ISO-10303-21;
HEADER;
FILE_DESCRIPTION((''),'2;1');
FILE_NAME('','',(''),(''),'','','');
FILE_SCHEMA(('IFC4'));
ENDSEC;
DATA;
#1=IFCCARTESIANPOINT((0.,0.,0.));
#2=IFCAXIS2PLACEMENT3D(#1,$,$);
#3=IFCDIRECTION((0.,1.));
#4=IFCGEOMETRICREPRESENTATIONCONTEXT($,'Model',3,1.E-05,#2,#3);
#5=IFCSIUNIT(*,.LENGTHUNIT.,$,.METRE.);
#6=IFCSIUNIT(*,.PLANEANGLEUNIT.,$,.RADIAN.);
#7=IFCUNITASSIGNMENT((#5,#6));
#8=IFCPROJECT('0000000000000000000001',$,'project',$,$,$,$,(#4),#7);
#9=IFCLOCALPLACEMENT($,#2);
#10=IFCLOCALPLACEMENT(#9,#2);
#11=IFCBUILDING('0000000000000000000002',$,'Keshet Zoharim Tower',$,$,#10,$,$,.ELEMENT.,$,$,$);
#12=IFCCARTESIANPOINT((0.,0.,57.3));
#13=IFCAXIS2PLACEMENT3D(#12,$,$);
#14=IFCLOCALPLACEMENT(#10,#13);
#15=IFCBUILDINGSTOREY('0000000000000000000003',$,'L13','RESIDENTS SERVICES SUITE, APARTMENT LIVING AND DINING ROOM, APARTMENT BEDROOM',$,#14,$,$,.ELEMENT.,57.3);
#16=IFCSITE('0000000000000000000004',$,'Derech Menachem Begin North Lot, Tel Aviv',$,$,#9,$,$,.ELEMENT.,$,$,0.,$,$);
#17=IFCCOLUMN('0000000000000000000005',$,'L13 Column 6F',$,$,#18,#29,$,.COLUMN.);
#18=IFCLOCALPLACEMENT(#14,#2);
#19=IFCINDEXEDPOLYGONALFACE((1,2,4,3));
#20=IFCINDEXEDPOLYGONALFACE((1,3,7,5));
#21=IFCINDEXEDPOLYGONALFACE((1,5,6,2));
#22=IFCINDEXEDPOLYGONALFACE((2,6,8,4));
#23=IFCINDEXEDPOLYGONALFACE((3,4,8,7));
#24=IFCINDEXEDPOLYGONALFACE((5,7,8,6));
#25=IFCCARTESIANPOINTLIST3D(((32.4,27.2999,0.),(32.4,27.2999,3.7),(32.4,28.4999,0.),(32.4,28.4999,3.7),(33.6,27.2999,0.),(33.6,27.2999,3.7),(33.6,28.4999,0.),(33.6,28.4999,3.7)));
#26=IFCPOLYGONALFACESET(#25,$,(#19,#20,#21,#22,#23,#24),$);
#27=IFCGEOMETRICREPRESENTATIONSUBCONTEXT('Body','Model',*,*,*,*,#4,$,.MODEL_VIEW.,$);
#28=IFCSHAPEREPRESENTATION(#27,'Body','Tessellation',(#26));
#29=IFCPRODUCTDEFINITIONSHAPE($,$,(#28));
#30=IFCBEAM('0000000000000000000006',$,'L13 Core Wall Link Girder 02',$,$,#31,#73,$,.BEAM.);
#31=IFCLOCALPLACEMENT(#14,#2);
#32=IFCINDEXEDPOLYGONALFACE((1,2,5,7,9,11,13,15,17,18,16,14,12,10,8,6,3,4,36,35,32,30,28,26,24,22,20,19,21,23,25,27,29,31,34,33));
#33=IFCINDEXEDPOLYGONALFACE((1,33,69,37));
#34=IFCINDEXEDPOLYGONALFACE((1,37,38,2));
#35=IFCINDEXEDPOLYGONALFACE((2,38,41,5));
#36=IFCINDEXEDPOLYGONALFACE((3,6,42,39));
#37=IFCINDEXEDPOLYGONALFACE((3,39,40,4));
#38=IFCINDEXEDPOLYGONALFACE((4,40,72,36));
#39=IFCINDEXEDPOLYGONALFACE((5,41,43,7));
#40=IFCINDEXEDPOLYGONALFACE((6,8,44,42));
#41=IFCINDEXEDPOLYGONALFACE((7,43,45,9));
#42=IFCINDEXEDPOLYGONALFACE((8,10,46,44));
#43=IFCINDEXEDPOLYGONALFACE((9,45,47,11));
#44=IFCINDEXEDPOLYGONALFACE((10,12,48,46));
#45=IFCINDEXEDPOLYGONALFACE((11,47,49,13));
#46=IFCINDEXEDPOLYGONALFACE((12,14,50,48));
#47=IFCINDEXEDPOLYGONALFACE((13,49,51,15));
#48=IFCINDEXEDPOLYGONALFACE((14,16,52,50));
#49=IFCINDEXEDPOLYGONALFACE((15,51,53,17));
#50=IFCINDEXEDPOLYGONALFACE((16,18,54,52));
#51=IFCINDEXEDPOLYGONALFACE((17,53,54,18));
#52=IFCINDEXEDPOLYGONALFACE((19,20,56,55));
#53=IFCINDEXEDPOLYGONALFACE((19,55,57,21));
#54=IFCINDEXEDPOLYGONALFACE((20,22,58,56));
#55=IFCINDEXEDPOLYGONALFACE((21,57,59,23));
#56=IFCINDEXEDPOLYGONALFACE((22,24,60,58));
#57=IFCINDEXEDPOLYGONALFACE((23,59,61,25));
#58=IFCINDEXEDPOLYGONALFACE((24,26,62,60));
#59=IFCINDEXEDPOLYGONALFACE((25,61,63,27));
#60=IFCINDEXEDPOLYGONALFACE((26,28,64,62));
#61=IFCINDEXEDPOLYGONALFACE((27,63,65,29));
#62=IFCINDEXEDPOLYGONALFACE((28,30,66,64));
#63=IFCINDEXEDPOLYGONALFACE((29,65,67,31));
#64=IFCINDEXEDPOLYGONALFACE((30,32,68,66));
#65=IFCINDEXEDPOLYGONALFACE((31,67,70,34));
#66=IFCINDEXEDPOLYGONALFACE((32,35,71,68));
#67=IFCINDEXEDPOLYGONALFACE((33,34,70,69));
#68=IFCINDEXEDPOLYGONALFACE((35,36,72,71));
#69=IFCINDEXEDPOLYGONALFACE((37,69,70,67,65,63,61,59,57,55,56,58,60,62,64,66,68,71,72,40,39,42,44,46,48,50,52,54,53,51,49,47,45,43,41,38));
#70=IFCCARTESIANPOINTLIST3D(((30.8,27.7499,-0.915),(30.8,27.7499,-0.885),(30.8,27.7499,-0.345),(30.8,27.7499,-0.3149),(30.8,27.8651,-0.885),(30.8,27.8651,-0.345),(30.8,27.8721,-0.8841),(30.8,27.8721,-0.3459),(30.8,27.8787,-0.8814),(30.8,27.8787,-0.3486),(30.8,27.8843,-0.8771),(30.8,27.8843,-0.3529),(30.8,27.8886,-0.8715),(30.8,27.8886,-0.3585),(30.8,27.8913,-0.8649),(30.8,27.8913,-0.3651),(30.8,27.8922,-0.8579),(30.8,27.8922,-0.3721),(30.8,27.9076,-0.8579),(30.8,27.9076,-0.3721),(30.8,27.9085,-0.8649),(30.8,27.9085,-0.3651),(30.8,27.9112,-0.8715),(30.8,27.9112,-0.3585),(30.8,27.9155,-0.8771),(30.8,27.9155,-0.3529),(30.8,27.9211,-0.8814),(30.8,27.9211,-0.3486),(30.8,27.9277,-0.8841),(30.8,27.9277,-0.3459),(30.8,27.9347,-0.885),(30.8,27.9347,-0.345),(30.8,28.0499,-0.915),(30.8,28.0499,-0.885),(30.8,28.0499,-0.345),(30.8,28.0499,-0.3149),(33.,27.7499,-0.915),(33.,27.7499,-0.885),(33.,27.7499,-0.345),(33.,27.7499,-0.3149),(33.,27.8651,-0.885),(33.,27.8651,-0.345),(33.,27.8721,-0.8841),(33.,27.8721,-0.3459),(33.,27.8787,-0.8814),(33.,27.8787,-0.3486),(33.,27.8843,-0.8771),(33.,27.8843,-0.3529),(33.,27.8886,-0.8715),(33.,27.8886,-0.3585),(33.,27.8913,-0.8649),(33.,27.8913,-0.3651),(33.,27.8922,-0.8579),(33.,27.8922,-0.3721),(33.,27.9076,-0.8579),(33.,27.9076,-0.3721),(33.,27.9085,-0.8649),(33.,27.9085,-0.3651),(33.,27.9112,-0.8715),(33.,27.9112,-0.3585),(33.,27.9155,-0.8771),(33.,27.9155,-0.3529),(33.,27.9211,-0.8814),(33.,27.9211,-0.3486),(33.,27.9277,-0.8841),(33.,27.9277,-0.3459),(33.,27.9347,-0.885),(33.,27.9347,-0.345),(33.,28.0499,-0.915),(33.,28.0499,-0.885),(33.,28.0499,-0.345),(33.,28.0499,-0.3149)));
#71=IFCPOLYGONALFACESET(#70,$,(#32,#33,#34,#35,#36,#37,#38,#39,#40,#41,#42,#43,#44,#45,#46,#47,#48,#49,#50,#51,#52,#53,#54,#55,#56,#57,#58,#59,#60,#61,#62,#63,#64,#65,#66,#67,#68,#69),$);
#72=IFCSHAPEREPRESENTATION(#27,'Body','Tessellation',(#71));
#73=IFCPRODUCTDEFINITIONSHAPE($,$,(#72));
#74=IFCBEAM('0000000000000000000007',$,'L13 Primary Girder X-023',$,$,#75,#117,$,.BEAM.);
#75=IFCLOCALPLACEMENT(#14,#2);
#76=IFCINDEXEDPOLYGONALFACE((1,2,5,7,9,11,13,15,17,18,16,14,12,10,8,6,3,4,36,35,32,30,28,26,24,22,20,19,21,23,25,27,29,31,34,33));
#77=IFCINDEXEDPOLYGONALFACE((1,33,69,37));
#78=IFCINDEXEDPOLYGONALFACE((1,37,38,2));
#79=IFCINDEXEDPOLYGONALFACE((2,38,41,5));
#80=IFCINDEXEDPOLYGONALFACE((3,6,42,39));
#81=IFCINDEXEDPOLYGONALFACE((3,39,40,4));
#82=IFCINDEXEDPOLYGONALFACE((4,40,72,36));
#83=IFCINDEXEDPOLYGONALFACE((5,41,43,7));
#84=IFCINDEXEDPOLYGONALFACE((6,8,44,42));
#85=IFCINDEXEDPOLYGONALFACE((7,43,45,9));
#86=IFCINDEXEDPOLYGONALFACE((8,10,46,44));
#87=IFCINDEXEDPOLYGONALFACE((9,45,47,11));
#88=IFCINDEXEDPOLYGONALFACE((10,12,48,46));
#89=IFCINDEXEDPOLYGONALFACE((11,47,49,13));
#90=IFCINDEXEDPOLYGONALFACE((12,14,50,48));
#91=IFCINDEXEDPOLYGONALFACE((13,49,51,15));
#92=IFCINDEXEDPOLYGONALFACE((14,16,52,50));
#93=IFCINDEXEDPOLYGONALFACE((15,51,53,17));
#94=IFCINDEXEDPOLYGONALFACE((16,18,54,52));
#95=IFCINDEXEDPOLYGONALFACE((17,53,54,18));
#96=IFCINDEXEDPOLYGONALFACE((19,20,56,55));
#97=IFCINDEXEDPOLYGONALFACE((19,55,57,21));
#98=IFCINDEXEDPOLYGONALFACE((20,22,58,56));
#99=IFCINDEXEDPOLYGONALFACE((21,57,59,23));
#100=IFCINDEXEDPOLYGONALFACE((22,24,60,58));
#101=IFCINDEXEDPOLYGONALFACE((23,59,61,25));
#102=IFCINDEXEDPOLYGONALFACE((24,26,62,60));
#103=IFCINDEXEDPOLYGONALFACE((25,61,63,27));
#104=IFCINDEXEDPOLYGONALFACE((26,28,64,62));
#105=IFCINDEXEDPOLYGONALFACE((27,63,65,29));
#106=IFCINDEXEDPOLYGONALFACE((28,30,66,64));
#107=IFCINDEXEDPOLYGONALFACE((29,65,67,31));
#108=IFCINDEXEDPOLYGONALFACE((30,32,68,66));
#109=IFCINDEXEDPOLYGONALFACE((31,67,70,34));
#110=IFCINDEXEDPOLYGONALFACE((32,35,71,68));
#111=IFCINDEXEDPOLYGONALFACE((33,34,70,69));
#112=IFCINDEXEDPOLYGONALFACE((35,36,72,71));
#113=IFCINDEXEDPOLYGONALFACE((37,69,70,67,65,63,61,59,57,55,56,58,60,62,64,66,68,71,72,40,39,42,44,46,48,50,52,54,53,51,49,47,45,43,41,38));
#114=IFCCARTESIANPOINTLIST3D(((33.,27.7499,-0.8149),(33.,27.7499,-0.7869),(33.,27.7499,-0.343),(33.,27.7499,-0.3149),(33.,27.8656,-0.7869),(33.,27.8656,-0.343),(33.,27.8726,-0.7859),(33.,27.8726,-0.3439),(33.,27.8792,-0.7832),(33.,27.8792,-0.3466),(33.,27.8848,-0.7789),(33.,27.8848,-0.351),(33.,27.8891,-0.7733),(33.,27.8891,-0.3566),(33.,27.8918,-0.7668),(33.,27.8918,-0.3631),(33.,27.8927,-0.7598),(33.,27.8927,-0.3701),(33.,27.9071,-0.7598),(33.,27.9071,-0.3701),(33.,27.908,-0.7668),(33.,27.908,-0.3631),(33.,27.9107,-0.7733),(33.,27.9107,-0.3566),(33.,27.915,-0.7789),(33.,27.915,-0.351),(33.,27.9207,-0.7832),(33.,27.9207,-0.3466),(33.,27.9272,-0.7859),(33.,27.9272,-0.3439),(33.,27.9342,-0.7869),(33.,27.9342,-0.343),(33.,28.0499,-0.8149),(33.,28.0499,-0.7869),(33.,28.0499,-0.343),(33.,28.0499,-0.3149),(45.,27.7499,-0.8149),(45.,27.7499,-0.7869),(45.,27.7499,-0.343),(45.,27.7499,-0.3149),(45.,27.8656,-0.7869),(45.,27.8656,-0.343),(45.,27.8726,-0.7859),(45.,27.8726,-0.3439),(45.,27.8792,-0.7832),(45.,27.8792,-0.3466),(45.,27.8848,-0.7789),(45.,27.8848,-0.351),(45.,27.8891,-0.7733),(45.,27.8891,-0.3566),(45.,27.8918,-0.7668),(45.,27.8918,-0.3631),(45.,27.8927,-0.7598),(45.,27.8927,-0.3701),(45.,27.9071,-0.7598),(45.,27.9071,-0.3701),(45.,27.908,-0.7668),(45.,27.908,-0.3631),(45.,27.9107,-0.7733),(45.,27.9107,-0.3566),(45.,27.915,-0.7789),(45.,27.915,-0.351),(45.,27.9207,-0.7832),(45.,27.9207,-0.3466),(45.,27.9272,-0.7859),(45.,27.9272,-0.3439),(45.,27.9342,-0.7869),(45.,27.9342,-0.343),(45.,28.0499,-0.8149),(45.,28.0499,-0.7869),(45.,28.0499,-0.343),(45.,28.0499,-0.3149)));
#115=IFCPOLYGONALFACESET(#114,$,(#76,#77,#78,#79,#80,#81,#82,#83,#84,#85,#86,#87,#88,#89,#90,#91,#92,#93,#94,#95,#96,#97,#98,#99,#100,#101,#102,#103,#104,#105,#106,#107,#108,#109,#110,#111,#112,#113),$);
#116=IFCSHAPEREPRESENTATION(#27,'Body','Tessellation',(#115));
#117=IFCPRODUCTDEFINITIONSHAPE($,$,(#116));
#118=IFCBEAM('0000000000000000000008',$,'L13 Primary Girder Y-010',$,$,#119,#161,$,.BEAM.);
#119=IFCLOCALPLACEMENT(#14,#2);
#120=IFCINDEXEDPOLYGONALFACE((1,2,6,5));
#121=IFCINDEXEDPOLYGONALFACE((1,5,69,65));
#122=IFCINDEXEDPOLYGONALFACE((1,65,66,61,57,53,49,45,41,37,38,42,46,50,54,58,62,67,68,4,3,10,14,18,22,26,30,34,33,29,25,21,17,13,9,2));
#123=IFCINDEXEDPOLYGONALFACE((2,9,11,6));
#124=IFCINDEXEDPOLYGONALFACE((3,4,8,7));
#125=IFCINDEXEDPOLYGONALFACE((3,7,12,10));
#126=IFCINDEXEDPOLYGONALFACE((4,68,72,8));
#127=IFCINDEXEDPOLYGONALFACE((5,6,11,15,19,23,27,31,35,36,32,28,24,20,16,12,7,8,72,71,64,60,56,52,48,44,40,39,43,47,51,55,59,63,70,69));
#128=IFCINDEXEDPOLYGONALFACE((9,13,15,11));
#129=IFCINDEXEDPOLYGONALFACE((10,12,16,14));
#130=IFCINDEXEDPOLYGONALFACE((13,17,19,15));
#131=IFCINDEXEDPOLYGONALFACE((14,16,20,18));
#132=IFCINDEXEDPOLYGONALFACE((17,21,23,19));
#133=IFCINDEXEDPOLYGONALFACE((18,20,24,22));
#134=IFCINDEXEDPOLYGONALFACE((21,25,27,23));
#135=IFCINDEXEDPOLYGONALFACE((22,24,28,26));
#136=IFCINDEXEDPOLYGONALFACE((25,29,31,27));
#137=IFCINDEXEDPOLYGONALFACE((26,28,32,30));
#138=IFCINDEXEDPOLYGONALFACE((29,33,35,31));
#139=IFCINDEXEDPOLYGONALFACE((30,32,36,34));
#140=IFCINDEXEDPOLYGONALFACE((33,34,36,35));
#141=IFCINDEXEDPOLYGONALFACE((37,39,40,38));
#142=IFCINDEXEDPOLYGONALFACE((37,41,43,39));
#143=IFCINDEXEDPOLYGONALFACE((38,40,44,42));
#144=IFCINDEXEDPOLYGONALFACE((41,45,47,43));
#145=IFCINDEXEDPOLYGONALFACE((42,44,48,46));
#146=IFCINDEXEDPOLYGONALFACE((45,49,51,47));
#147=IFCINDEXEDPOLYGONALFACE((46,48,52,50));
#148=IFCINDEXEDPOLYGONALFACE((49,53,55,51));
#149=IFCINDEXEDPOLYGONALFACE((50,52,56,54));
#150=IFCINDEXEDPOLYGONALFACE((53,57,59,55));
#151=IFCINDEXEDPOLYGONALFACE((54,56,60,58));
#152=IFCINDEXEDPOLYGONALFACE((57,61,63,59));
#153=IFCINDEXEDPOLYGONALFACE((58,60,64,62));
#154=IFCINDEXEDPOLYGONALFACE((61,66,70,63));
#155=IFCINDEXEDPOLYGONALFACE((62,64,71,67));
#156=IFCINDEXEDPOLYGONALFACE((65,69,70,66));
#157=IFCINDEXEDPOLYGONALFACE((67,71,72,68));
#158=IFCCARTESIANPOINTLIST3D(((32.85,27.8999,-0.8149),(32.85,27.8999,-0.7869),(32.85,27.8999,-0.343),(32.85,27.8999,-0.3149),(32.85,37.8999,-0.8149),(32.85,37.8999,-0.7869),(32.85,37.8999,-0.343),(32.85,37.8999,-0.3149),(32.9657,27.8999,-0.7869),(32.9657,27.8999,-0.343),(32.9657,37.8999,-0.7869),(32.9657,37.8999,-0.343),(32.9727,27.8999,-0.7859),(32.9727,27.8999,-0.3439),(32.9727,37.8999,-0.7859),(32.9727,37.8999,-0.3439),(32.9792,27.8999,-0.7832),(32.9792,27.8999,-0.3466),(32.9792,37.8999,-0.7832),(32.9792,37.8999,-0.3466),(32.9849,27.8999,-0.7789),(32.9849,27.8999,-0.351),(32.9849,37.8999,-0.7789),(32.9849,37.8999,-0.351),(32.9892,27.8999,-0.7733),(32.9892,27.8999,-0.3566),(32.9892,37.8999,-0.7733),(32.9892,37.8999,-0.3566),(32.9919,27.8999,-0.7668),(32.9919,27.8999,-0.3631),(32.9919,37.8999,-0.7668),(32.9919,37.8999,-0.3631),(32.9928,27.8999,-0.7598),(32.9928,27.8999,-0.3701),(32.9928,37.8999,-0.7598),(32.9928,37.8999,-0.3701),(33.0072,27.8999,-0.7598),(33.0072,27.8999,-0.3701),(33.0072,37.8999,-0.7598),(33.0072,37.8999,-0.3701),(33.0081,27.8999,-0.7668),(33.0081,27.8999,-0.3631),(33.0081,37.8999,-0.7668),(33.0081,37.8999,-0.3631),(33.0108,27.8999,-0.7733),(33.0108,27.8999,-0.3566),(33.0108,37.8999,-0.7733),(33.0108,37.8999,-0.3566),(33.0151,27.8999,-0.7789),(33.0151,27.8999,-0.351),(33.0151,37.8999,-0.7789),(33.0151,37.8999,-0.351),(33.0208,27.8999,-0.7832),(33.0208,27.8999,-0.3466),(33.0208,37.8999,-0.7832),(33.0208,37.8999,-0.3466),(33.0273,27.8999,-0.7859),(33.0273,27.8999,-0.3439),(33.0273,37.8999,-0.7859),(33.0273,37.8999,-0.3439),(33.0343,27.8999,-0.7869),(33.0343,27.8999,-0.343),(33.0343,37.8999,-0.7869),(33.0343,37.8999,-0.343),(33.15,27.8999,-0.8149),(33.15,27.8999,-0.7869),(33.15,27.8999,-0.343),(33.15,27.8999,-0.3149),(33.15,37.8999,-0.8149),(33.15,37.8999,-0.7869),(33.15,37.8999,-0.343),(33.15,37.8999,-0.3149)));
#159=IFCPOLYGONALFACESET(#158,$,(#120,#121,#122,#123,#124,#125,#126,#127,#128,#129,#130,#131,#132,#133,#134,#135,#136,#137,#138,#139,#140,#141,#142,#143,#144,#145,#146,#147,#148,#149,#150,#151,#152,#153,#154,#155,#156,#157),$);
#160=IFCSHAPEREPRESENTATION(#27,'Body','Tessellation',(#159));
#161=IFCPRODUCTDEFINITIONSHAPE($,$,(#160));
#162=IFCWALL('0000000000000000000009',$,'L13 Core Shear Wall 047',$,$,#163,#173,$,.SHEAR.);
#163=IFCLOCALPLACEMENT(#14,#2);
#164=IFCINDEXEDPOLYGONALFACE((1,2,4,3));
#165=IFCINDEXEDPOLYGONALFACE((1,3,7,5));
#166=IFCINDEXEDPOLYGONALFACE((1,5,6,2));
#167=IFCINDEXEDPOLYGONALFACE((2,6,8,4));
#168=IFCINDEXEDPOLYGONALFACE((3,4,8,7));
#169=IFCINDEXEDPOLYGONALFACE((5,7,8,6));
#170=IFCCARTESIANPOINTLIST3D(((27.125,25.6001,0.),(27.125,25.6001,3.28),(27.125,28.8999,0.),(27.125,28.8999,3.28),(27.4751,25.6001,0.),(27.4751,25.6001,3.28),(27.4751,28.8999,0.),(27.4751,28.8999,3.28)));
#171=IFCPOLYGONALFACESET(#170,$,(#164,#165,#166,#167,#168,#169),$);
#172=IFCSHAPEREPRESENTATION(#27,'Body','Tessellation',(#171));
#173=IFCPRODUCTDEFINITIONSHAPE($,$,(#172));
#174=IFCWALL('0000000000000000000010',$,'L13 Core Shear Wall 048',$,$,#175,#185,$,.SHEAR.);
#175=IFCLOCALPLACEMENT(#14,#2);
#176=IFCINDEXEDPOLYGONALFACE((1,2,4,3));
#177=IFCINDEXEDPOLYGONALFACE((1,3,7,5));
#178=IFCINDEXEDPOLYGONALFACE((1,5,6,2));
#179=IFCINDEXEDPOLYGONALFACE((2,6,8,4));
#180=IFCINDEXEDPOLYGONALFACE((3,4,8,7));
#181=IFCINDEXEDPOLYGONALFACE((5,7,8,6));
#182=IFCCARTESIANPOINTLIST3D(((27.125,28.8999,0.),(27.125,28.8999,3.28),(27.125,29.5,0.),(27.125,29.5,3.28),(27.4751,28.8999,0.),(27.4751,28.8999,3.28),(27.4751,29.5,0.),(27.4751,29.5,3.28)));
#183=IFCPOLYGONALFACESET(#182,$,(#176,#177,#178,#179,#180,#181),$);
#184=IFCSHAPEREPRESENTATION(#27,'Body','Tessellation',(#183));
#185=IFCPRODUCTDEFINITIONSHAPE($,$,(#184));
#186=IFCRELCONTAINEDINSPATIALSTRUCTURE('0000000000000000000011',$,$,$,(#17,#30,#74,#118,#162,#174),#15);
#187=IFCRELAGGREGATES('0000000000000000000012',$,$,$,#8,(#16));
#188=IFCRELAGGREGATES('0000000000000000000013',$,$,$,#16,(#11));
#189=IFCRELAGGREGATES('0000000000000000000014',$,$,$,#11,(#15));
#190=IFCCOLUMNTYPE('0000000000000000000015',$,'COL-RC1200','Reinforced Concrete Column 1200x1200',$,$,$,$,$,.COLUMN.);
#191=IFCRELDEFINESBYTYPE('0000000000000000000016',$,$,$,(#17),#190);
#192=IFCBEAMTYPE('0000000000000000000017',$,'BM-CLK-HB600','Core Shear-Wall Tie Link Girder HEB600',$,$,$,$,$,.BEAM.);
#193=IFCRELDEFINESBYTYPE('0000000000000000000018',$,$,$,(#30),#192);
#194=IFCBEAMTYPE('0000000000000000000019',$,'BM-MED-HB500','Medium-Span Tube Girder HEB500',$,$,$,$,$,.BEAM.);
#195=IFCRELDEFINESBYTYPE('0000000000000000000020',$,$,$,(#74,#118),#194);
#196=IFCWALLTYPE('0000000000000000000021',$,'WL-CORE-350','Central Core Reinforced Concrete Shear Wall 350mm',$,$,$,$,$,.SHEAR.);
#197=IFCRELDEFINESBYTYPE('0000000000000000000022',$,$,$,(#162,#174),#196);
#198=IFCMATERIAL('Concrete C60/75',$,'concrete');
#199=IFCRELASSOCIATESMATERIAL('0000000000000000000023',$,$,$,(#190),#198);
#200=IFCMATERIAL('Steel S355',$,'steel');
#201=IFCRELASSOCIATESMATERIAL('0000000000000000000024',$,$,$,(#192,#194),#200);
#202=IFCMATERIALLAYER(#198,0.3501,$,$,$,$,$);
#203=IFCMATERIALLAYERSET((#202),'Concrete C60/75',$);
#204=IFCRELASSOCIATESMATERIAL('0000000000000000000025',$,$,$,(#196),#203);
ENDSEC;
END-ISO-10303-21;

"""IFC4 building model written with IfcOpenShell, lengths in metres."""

from ifc_helpers import new_model, si_unit, direction, frame, frame_2d, origin, origin_2d, place, context, subcontext, project, spatial, rectangle, i_section, extrude, material, layer, layer_set, material_profile, profile_set, type_object, element, save


model = new_model("IFC4")

# Units and contexts
model_context = context("Model", 3, precision=1e-05, world=origin(), true_north=direction((0.0, 1.0)))
body_context = subcontext(model_context, "Body", "Model", "MODEL_VIEW")
ifc_project = project(units=[si_unit("LENGTHUNIT", "METRE"), si_unit("PLANEANGLEUNIT", "RADIAN")], contexts=[model_context])

# Site, building, storey
site_placement = place(None, origin())
site = spatial("IfcSite", under=ifc_project, at=site_placement, Name="Derech Menachem Begin North Lot, Tel Aviv", CompositionType="ELEMENT", RefElevation=0.0)
building_placement = place(site_placement, origin())
building = spatial("IfcBuilding", under=site, at=building_placement, Name="Keshet Zoharim Tower", CompositionType="ELEMENT")
storey_placement = place(building_placement, frame((0.0, 0.0, 57.3)))
storey = spatial("IfcBuildingStorey", under=building, at=storey_placement, Name="L13", Description="RESIDENTS SERVICES SUITE, APARTMENT LIVING AND DINING ROOM, APARTMENT BEDROOM", CompositionType="ELEMENT", Elevation=57.3)

# Column
ifc_material_1 = material(Name="Concrete C60/75", Category="concrete")
ifc_material_profile_1 = material_profile(ifc_material_1, rectangle(XDim=1.2, YDim=1.2, at=origin_2d()), Name="RC1200x1200")
ifc_profile_set_1 = profile_set([ifc_material_profile_1], Name="Concrete C60/75")
column_type = type_object("IfcColumnType", Name="COL-RC1200", Description="Reinforced Concrete Column 1200x1200", PredefinedType="COLUMN", material=ifc_profile_set_1)
column_placement = place(storey_placement, frame((33.0, 27.8999, 0.0), z_axis=(0.0, 0.0, 1.0), x_axis=(1.0, 0.0, 0.0)))
element("IfcColumn", 1, at=column_placement, inside=storey, type_object=column_type, Name="L13 Column 6F", PredefinedType="COLUMN", context=body_context, shape_type="SweptSolid", body=[
    extrude(rectangle(XDim=1.2, YDim=1.2, at=origin_2d()), origin(), (0.0, 0.0, 1.0), 3.7),
])

# Beams
ifc_material_2 = material(Name="Steel S355", Category="steel")
ifc_material_profile_2 = material_profile(ifc_material_2, i_section(OverallWidth=0.3, OverallDepth=0.6001, WebThickness=0.0154, FlangeThickness=0.03, FilletRadius=0.0271, at=origin_2d()), Name="HEB600")
ifc_profile_set_2 = profile_set([ifc_material_profile_2], Name="Steel S355")
beam_type_1 = type_object("IfcBeamType", Name="BM-CLK-HB600", Description="Core Shear-Wall Tie Link Girder HEB600", PredefinedType="BEAM", material=ifc_profile_set_2)
beam_1_placement = place(storey_placement, frame((30.8, 27.8999, -0.615), z_axis=(1.0, 0.0, 0.0), x_axis=(0.0, 1.0, 0.0)))
element("IfcBeam", 2, at=beam_1_placement, inside=storey, type_object=beam_type_1, Name="L13 Core Wall Link Girder 02", PredefinedType="BEAM", context=body_context, shape_type="SweptSolid", body=[
    extrude(i_section(OverallWidth=0.3, OverallDepth=0.6001, WebThickness=0.0154, FlangeThickness=0.03, FilletRadius=0.0271, at=origin_2d()), origin(), (0.0, 0.0, 1.0), 2.2),
])
ifc_material_profile_3 = material_profile(ifc_material_2, i_section(OverallWidth=0.3, OverallDepth=0.5, WebThickness=0.0144, FlangeThickness=0.0281, FilletRadius=0.0271, at=origin_2d()), Name="HEB500")
ifc_profile_set_3 = profile_set([ifc_material_profile_3], Name="Steel S355")
beam_type_2 = type_object("IfcBeamType", Name="BM-MED-HB500", Description="Medium-Span Tube Girder HEB500", PredefinedType="BEAM", material=ifc_profile_set_3)
beam_2_placement = place(storey_placement, frame((33.0, 27.8999, -0.5649), z_axis=(1.0, 0.0, 0.0), x_axis=(0.0, 1.0, 0.0)))
element("IfcBeam", 3, at=beam_2_placement, inside=storey, type_object=beam_type_2, Name="L13 Primary Girder X-023", PredefinedType="BEAM", context=body_context, shape_type="SweptSolid", body=[
    extrude(i_section(OverallWidth=0.3, OverallDepth=0.5, WebThickness=0.0144, FlangeThickness=0.0281, FilletRadius=0.0271, at=origin_2d()), origin(), (0.0, 0.0, 1.0), 12.0),
])
beam_3_placement = place(storey_placement, frame((33.0, 27.8999, -0.5649), z_axis=(0.0, 1.0, 0.0), x_axis=(-1.0, 0.0, 0.0)))
element("IfcBeam", 4, at=beam_3_placement, inside=storey, type_object=beam_type_2, Name="L13 Primary Girder Y-010", PredefinedType="BEAM", context=body_context, shape_type="SweptSolid", body=[
    extrude(i_section(OverallWidth=0.3, OverallDepth=0.5, WebThickness=0.0144, FlangeThickness=0.0281, FilletRadius=0.0271, at=origin_2d()), origin(), (0.0, 0.0, 1.0), 10.0),
])

# Walls
ifc_layer_1 = layer(ifc_material_1, 0.3501)
ifc_layer_set_1 = layer_set([ifc_layer_1], Name="Concrete C60/75")
wall_type_1 = type_object("IfcWallType", Name="WL-CORE-350", Description="Central Core Reinforced Concrete Shear Wall 350mm", PredefinedType="SHEAR", material=ifc_layer_set_1)
wall_1_placement = place(storey_placement, frame((27.3, 25.6001, 0.0), z_axis=(0.0, 0.0, 1.0), x_axis=(0.0, 1.0, 0.0)))
element("IfcWall", 5, at=wall_1_placement, inside=storey, type_object=wall_type_1, Name="L13 Core Shear Wall 047", PredefinedType="SHEAR", context=body_context, shape_type="SweptSolid", body=[
    extrude(rectangle(XDim=3.2998, YDim=0.3501, at=frame_2d((1.6499, 0.0))), origin(), (0.0, 0.0, 1.0), 3.28),
])
wall_2_placement = place(storey_placement, frame((27.3, 28.8999, 0.0), z_axis=(0.0, 0.0, 1.0), x_axis=(0.0, 1.0, 0.0)))
element("IfcWall", 6, at=wall_2_placement, inside=storey, type_object=wall_type_1, Name="L13 Core Shear Wall 048", PredefinedType="SHEAR", context=body_context, shape_type="SweptSolid", body=[
    extrude(rectangle(XDim=0.6001, YDim=0.3501, at=frame_2d((0.3, 0.0))), origin(), (0.0, 0.0, 1.0), 3.28),
])

save(model, "model.ifc")
